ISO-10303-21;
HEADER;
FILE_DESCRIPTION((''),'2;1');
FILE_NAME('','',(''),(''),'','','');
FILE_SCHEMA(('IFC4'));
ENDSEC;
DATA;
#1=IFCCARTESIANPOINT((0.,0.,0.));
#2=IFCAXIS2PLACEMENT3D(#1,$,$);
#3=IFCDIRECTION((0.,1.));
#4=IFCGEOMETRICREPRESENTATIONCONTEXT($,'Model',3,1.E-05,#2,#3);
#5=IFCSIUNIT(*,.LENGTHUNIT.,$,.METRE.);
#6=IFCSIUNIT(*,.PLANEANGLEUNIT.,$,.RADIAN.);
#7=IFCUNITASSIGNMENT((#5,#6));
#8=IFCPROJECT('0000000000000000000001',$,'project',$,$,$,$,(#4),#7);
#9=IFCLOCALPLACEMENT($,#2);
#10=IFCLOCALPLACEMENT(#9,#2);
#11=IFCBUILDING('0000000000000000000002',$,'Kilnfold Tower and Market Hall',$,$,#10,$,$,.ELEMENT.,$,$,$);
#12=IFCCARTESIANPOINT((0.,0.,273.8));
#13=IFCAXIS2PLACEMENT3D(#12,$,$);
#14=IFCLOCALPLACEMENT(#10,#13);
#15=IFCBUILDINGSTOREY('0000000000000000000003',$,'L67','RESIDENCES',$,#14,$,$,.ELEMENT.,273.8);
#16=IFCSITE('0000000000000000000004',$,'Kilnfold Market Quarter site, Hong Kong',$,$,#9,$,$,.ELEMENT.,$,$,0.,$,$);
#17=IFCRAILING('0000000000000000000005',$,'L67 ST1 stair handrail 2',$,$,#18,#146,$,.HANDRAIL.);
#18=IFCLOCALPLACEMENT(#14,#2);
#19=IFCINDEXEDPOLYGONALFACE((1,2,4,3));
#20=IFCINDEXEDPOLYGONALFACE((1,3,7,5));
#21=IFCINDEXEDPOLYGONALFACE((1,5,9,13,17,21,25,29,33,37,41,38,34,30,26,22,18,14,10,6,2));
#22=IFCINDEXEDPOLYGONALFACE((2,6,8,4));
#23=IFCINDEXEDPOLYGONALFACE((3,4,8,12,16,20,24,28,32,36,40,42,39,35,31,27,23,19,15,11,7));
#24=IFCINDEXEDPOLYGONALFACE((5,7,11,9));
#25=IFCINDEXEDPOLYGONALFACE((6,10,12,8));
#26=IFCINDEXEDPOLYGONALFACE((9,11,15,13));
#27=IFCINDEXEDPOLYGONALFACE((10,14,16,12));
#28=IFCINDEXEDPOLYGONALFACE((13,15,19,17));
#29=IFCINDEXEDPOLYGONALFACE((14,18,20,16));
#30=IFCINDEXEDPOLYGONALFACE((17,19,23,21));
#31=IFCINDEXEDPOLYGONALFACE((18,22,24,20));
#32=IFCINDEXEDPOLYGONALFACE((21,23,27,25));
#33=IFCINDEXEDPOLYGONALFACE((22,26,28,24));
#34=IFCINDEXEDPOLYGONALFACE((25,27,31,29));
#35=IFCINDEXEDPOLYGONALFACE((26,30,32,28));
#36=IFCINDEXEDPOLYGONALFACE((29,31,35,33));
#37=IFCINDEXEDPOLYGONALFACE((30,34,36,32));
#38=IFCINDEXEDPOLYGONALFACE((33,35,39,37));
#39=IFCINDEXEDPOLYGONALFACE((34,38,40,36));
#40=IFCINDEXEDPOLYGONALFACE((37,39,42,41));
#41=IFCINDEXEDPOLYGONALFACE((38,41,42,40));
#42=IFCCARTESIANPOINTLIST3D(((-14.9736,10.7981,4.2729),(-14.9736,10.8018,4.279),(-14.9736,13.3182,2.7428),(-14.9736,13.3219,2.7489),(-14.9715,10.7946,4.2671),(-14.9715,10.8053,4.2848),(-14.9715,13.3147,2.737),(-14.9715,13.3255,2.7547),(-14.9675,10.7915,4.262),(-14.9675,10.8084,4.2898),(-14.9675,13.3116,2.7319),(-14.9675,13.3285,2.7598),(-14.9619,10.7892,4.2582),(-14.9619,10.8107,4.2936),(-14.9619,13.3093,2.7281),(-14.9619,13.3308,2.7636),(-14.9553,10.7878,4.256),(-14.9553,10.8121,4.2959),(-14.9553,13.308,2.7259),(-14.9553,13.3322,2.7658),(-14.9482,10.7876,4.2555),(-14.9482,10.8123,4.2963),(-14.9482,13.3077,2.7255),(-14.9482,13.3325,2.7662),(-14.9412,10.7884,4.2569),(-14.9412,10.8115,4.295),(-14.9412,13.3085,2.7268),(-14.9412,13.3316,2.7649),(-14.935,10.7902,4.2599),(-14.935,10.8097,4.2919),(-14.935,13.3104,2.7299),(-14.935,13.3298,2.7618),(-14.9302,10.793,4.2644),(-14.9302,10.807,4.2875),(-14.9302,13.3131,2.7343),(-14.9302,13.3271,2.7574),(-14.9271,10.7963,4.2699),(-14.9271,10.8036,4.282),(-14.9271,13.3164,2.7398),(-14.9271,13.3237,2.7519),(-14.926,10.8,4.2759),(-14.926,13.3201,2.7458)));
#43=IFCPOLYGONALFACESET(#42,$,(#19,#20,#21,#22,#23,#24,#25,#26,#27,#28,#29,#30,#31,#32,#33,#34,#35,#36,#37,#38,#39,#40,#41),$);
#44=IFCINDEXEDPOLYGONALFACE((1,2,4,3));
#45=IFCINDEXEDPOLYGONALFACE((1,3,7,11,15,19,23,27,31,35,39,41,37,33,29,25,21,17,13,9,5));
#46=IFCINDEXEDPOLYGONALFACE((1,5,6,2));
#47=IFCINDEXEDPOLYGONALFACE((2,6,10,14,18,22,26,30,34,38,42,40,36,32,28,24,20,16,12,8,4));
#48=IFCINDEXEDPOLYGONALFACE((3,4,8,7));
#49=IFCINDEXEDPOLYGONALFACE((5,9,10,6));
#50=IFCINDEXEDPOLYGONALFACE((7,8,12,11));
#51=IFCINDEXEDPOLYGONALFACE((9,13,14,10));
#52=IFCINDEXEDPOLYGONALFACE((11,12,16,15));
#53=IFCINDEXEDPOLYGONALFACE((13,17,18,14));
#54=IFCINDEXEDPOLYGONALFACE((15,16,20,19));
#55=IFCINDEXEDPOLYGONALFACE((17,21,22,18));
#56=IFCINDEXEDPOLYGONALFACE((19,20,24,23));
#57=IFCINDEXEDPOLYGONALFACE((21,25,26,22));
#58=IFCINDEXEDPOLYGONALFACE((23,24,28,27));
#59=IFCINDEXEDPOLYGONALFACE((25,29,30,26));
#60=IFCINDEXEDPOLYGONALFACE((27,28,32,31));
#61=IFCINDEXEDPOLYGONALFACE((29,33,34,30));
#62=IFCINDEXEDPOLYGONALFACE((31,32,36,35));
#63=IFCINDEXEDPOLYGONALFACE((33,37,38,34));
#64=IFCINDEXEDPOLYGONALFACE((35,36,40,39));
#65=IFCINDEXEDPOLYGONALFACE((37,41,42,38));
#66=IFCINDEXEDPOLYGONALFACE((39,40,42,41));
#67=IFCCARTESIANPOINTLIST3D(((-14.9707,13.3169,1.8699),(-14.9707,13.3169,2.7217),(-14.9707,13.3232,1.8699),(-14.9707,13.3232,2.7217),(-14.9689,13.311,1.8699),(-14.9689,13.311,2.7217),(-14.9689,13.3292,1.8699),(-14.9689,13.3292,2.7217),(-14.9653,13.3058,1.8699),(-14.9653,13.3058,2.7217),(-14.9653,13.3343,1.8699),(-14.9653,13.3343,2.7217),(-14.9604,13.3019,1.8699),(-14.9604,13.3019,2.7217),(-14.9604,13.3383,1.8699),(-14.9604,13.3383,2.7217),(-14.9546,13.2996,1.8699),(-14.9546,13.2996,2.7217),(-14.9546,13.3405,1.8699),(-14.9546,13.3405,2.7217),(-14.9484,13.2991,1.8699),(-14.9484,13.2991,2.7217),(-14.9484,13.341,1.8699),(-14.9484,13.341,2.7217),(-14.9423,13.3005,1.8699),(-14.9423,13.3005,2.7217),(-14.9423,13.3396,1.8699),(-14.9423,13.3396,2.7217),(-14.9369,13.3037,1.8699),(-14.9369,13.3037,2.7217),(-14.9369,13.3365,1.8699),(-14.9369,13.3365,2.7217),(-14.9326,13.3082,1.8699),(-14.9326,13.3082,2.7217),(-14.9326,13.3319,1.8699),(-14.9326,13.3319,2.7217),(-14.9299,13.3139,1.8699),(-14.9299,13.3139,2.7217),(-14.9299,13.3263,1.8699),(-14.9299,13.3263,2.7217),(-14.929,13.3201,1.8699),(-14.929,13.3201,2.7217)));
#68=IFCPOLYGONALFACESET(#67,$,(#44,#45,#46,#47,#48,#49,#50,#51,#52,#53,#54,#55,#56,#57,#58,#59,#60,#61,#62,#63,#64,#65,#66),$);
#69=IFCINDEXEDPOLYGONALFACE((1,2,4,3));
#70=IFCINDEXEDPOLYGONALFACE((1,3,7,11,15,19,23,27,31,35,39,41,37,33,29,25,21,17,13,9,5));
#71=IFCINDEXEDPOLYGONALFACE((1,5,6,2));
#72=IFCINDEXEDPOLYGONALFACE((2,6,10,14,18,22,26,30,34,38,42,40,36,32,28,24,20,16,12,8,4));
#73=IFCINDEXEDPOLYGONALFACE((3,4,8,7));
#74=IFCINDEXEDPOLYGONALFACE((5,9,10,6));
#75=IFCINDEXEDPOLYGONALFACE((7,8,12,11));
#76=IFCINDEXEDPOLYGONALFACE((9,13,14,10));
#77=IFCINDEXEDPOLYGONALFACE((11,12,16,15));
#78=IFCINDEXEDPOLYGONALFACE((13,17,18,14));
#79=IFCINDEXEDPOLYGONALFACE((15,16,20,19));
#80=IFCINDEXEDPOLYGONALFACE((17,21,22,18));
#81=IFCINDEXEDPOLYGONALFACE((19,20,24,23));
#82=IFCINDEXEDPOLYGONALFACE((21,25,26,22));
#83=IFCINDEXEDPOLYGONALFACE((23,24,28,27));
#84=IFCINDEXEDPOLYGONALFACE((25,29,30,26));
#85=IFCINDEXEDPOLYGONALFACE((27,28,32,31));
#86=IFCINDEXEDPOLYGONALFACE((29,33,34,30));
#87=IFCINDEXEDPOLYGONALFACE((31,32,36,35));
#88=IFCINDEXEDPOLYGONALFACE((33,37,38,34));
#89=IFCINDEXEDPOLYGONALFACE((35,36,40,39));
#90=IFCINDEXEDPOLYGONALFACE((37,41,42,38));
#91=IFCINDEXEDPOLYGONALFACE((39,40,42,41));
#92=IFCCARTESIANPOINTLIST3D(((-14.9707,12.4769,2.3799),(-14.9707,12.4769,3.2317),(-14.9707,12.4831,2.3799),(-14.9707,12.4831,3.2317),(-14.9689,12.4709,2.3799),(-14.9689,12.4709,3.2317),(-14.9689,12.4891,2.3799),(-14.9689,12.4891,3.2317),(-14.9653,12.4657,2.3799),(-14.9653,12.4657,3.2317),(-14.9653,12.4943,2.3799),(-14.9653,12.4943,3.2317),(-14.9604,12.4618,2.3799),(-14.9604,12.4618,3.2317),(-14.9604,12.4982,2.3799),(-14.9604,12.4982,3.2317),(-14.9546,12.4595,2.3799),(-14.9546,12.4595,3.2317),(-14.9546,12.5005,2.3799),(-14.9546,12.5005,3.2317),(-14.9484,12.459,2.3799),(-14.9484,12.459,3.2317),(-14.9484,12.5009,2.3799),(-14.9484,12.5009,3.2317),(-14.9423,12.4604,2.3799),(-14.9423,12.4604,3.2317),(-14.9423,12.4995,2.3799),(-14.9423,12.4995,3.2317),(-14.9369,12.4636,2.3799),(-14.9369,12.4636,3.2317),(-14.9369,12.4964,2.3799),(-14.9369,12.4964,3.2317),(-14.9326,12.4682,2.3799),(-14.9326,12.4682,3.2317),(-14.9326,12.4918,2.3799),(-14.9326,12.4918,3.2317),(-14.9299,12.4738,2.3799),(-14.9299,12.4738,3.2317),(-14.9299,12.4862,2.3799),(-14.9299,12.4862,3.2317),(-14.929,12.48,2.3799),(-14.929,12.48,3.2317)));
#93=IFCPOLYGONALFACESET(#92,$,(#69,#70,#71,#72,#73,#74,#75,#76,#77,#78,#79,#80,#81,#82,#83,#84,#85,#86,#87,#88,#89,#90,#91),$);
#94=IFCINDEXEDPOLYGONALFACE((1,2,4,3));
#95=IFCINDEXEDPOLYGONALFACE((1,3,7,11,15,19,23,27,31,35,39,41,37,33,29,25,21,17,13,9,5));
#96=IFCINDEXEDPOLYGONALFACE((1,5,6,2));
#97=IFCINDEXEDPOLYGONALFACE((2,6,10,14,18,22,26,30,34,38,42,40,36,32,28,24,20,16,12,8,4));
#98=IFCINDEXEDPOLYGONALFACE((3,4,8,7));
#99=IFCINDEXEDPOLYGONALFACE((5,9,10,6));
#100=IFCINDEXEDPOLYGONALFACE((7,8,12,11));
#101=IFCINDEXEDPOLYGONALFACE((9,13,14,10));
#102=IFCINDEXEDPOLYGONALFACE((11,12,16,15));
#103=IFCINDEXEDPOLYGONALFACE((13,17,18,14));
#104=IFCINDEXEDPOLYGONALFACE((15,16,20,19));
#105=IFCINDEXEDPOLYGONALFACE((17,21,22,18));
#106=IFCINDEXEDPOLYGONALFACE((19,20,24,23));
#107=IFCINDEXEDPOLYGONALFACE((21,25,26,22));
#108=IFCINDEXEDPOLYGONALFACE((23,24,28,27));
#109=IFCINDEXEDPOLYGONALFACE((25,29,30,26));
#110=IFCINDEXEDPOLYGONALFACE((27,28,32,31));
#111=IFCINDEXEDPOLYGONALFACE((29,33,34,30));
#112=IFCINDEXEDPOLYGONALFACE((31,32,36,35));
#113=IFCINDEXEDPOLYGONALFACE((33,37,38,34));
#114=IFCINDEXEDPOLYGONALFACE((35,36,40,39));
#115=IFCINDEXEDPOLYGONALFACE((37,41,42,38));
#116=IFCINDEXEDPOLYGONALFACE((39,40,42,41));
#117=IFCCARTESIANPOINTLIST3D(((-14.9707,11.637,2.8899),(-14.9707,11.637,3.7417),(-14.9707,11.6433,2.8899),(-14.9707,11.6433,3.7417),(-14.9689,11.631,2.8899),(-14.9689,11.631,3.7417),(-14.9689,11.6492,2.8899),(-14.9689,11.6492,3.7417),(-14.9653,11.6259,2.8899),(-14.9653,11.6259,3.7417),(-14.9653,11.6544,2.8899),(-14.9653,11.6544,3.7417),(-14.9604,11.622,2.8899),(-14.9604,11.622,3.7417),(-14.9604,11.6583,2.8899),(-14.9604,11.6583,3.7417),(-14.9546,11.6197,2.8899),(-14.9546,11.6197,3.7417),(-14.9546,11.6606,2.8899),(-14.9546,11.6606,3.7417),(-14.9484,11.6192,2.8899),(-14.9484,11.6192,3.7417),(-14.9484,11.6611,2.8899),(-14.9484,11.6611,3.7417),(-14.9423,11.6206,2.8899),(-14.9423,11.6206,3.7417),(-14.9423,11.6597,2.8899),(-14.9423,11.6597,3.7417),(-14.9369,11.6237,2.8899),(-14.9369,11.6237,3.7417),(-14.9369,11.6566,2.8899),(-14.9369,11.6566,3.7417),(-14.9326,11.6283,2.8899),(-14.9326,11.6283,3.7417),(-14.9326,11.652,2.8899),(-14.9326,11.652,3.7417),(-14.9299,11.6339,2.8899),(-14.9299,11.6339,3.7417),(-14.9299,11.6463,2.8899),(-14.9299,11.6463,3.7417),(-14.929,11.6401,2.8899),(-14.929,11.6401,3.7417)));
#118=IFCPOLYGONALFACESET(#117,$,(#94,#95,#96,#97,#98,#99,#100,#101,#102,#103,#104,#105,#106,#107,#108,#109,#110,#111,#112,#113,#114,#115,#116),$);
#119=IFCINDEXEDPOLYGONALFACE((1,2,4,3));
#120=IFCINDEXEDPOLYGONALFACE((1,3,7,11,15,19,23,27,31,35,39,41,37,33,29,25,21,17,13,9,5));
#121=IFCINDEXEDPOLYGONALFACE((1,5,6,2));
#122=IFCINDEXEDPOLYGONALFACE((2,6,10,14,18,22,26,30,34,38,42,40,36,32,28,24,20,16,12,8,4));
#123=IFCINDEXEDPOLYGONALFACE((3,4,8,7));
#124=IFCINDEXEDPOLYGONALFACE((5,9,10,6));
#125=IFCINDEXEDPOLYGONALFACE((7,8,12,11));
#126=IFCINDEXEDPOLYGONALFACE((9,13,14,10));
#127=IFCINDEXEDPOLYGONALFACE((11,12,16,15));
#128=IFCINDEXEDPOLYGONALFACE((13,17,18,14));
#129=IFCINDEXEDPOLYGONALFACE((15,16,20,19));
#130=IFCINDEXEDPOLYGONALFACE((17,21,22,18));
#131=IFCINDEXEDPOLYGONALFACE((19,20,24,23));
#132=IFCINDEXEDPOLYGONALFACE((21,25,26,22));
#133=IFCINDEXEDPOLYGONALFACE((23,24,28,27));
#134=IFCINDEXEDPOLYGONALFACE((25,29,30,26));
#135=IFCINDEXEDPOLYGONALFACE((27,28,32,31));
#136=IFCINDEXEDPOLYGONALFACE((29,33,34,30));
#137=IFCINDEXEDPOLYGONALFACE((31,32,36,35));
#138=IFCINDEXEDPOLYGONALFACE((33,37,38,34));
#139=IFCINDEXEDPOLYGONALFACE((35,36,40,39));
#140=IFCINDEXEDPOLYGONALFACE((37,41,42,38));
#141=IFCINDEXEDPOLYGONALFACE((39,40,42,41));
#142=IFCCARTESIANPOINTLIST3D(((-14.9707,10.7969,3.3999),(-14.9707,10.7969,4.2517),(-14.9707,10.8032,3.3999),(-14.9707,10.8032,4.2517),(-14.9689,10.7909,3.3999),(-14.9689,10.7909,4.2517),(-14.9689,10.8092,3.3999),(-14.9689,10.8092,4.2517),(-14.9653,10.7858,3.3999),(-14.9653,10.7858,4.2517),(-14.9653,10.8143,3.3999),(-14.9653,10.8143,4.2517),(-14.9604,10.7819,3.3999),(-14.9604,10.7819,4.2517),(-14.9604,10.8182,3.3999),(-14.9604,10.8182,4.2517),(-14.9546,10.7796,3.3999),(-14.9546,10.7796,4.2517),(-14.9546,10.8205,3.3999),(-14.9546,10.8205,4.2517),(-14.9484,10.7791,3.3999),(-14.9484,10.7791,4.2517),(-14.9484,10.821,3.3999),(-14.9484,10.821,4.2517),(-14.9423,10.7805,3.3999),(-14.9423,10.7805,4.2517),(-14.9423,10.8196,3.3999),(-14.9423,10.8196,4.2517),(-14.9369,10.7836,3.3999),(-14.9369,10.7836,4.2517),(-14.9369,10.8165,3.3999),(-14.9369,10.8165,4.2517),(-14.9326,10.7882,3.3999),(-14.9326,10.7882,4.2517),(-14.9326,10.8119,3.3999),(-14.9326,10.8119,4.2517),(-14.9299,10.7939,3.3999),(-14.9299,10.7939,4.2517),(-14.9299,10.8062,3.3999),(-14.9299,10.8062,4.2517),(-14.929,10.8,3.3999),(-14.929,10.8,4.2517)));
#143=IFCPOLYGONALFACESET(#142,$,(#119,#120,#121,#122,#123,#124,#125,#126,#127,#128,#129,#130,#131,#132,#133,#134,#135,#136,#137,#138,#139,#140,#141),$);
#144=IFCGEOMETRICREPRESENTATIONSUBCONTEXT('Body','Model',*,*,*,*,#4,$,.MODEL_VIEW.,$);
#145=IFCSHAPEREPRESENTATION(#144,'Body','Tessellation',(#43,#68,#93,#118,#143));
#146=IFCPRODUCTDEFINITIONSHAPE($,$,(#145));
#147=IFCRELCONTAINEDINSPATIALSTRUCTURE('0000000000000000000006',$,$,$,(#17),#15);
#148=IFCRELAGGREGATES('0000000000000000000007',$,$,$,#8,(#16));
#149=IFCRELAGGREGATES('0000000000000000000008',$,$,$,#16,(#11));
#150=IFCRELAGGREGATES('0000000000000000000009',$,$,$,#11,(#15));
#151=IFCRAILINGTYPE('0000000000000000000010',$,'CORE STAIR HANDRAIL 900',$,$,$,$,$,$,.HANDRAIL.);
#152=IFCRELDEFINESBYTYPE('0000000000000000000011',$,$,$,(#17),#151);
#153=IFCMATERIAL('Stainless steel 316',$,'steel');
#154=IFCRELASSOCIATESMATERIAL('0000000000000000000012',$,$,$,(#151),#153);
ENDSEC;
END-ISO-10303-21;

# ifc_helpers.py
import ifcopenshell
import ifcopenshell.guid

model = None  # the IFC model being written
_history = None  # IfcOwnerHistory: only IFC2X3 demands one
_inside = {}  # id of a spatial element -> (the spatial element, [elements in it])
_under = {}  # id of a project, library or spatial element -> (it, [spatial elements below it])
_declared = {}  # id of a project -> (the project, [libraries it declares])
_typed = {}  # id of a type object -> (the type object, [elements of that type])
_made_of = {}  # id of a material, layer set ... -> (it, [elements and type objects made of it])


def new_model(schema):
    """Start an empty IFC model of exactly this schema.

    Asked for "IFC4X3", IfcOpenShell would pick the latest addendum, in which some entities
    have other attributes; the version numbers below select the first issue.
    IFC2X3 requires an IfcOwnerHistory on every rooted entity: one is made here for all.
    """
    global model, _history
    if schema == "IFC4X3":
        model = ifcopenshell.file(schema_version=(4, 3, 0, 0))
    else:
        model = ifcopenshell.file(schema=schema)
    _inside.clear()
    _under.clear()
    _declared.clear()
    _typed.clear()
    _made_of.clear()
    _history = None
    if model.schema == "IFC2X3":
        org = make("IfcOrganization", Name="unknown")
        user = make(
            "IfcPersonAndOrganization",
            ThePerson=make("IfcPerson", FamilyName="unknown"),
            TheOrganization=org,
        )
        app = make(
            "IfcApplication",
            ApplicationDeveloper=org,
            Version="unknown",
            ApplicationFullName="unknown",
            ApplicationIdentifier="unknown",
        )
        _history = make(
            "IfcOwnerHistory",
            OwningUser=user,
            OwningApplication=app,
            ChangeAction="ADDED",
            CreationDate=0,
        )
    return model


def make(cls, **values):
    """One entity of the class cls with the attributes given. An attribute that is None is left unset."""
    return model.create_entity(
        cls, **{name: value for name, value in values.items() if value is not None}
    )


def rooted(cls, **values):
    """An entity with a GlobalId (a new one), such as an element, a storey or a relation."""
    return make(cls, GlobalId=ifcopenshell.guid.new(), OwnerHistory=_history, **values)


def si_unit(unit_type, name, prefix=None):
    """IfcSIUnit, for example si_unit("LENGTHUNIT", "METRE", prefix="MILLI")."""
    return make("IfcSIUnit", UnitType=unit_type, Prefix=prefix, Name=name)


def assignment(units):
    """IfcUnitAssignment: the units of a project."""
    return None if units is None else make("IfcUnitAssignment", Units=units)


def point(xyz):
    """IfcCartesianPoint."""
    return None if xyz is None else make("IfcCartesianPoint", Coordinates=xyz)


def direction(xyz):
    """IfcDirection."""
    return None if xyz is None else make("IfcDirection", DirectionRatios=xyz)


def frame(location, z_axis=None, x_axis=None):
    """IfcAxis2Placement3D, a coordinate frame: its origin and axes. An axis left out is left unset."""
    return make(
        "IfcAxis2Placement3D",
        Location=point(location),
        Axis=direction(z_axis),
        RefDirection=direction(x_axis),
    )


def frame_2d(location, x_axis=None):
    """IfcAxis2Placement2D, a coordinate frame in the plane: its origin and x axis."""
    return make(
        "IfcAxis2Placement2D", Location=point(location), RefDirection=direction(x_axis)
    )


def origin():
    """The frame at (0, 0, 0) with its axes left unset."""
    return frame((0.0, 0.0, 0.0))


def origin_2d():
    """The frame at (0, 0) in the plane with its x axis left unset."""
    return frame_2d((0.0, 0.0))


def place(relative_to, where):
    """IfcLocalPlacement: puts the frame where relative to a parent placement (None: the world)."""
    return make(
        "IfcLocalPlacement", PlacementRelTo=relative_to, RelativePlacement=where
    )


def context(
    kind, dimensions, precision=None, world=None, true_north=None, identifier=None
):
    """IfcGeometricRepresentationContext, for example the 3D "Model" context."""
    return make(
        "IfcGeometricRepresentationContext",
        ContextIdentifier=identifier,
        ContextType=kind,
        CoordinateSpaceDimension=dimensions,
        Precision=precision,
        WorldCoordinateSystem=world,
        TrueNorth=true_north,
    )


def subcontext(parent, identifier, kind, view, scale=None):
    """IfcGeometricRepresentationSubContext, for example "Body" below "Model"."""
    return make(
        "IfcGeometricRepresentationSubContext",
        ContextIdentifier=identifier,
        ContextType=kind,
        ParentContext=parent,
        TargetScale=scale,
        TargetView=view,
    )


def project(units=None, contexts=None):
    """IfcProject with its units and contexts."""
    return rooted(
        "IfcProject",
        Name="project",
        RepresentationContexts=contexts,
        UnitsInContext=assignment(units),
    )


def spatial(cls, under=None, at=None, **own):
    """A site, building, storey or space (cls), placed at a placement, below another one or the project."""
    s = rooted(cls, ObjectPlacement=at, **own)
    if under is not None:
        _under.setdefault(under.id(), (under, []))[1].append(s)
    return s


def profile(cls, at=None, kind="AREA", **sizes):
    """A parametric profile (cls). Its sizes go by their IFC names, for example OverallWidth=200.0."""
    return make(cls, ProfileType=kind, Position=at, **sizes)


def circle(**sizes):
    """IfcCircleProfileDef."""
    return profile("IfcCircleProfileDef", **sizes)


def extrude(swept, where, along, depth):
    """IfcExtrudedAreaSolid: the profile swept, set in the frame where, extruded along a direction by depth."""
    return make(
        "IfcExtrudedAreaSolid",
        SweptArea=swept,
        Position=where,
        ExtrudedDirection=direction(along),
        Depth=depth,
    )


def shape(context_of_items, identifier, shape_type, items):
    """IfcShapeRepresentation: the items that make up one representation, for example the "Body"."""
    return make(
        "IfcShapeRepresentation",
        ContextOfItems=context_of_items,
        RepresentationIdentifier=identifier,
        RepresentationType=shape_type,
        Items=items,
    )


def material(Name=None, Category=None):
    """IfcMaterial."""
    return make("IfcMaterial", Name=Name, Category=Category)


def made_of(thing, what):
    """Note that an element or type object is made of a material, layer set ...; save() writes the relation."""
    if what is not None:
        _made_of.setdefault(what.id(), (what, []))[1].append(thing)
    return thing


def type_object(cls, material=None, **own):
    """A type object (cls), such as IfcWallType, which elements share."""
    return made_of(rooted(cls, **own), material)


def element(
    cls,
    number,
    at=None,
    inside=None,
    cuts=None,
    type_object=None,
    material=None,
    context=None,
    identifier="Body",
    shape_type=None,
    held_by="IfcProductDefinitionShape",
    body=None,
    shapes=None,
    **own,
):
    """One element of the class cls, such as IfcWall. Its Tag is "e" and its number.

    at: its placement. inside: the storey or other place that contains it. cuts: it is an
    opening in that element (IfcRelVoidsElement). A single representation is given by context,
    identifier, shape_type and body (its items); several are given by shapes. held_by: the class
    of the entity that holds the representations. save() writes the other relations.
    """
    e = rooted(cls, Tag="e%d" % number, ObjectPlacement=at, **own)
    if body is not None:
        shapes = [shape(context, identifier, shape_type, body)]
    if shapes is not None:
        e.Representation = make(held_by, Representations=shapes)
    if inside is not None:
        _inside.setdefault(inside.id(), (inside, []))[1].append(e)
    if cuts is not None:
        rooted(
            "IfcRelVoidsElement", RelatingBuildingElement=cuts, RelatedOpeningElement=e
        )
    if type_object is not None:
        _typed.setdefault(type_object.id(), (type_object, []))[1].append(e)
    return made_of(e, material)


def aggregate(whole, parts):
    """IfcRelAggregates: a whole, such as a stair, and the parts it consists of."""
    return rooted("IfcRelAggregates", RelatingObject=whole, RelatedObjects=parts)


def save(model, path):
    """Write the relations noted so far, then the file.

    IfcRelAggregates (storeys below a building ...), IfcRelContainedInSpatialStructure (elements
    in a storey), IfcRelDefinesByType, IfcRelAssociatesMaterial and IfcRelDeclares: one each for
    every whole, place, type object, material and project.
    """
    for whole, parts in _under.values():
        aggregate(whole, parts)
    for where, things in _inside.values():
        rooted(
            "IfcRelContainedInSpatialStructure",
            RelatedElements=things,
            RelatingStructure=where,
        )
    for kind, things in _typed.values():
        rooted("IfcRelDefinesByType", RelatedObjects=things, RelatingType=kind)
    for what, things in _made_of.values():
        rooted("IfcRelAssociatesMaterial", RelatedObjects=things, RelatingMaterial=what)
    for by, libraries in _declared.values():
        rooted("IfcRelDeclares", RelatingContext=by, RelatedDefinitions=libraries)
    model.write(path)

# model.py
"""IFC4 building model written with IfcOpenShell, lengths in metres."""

from ifc_helpers import new_model, si_unit, direction, frame, origin, origin_2d, place, context, subcontext, project, spatial, circle, extrude, material, type_object, element, save


model = new_model("IFC4")

# Units and contexts
model_context = context("Model", 3, precision=1e-05, world=origin(), true_north=direction((0.0, 1.0)))
body_context = subcontext(model_context, "Body", "Model", "MODEL_VIEW")
ifc_project = project(units=[si_unit("LENGTHUNIT", "METRE"), si_unit("PLANEANGLEUNIT", "RADIAN")], contexts=[model_context])

# Site, building, storey
site_placement = place(None, origin())
site = spatial("IfcSite", under=ifc_project, at=site_placement, Name="Kilnfold Market Quarter site, Hong Kong", CompositionType="ELEMENT", RefElevation=0.0)
building_placement = place(site_placement, origin())
building = spatial("IfcBuilding", under=site, at=building_placement, Name="Kilnfold Tower and Market Hall", CompositionType="ELEMENT")
storey_placement = place(building_placement, frame((0.0, 0.0, 273.8)))
storey = spatial("IfcBuildingStorey", under=building, at=storey_placement, Name="L67", Description="RESIDENCES", CompositionType="ELEMENT", Elevation=273.8)

# Railing
ifc_material_1 = material(Name="Stainless steel 316", Category="steel")
railing_type = type_object("IfcRailingType", Name="CORE STAIR HANDRAIL 900", PredefinedType="HANDRAIL", material=ifc_material_1)
railing_placement = place(storey_placement, frame((-14.95, 13.3201, 1.8699)))
element("IfcRailing", 1, at=railing_placement, inside=storey, type_object=railing_type, Name="L67 ST1 stair handrail 2", PredefinedType="HANDRAIL", context=body_context, shape_type="SweptSolid", body=[
    extrude(circle(Radius=0.0239, at=origin_2d()), frame((0.0, 0.0, 0.876), z_axis=(0.0, -0.854785, 0.518982), x_axis=(1.0, 0.0, 0.0)), (0.0, 0.0, 1.0), 2.9482),
    extrude(circle(Radius=0.021, at=origin_2d()), origin(), (0.0, 0.0, 1.0), 0.8518),
    extrude(circle(Radius=0.021, at=origin_2d()), frame((0.0, -0.8401, 0.51)), (0.0, 0.0, 1.0), 0.8518),
    extrude(circle(Radius=0.021, at=origin_2d()), frame((0.0, -1.6799, 1.02)), (0.0, 0.0, 1.0), 0.8518),
    extrude(circle(Radius=0.021, at=origin_2d()), frame((0.0, -2.52, 1.53)), (0.0, 0.0, 1.0), 0.8518),
])

save(model, "model.ifc")
